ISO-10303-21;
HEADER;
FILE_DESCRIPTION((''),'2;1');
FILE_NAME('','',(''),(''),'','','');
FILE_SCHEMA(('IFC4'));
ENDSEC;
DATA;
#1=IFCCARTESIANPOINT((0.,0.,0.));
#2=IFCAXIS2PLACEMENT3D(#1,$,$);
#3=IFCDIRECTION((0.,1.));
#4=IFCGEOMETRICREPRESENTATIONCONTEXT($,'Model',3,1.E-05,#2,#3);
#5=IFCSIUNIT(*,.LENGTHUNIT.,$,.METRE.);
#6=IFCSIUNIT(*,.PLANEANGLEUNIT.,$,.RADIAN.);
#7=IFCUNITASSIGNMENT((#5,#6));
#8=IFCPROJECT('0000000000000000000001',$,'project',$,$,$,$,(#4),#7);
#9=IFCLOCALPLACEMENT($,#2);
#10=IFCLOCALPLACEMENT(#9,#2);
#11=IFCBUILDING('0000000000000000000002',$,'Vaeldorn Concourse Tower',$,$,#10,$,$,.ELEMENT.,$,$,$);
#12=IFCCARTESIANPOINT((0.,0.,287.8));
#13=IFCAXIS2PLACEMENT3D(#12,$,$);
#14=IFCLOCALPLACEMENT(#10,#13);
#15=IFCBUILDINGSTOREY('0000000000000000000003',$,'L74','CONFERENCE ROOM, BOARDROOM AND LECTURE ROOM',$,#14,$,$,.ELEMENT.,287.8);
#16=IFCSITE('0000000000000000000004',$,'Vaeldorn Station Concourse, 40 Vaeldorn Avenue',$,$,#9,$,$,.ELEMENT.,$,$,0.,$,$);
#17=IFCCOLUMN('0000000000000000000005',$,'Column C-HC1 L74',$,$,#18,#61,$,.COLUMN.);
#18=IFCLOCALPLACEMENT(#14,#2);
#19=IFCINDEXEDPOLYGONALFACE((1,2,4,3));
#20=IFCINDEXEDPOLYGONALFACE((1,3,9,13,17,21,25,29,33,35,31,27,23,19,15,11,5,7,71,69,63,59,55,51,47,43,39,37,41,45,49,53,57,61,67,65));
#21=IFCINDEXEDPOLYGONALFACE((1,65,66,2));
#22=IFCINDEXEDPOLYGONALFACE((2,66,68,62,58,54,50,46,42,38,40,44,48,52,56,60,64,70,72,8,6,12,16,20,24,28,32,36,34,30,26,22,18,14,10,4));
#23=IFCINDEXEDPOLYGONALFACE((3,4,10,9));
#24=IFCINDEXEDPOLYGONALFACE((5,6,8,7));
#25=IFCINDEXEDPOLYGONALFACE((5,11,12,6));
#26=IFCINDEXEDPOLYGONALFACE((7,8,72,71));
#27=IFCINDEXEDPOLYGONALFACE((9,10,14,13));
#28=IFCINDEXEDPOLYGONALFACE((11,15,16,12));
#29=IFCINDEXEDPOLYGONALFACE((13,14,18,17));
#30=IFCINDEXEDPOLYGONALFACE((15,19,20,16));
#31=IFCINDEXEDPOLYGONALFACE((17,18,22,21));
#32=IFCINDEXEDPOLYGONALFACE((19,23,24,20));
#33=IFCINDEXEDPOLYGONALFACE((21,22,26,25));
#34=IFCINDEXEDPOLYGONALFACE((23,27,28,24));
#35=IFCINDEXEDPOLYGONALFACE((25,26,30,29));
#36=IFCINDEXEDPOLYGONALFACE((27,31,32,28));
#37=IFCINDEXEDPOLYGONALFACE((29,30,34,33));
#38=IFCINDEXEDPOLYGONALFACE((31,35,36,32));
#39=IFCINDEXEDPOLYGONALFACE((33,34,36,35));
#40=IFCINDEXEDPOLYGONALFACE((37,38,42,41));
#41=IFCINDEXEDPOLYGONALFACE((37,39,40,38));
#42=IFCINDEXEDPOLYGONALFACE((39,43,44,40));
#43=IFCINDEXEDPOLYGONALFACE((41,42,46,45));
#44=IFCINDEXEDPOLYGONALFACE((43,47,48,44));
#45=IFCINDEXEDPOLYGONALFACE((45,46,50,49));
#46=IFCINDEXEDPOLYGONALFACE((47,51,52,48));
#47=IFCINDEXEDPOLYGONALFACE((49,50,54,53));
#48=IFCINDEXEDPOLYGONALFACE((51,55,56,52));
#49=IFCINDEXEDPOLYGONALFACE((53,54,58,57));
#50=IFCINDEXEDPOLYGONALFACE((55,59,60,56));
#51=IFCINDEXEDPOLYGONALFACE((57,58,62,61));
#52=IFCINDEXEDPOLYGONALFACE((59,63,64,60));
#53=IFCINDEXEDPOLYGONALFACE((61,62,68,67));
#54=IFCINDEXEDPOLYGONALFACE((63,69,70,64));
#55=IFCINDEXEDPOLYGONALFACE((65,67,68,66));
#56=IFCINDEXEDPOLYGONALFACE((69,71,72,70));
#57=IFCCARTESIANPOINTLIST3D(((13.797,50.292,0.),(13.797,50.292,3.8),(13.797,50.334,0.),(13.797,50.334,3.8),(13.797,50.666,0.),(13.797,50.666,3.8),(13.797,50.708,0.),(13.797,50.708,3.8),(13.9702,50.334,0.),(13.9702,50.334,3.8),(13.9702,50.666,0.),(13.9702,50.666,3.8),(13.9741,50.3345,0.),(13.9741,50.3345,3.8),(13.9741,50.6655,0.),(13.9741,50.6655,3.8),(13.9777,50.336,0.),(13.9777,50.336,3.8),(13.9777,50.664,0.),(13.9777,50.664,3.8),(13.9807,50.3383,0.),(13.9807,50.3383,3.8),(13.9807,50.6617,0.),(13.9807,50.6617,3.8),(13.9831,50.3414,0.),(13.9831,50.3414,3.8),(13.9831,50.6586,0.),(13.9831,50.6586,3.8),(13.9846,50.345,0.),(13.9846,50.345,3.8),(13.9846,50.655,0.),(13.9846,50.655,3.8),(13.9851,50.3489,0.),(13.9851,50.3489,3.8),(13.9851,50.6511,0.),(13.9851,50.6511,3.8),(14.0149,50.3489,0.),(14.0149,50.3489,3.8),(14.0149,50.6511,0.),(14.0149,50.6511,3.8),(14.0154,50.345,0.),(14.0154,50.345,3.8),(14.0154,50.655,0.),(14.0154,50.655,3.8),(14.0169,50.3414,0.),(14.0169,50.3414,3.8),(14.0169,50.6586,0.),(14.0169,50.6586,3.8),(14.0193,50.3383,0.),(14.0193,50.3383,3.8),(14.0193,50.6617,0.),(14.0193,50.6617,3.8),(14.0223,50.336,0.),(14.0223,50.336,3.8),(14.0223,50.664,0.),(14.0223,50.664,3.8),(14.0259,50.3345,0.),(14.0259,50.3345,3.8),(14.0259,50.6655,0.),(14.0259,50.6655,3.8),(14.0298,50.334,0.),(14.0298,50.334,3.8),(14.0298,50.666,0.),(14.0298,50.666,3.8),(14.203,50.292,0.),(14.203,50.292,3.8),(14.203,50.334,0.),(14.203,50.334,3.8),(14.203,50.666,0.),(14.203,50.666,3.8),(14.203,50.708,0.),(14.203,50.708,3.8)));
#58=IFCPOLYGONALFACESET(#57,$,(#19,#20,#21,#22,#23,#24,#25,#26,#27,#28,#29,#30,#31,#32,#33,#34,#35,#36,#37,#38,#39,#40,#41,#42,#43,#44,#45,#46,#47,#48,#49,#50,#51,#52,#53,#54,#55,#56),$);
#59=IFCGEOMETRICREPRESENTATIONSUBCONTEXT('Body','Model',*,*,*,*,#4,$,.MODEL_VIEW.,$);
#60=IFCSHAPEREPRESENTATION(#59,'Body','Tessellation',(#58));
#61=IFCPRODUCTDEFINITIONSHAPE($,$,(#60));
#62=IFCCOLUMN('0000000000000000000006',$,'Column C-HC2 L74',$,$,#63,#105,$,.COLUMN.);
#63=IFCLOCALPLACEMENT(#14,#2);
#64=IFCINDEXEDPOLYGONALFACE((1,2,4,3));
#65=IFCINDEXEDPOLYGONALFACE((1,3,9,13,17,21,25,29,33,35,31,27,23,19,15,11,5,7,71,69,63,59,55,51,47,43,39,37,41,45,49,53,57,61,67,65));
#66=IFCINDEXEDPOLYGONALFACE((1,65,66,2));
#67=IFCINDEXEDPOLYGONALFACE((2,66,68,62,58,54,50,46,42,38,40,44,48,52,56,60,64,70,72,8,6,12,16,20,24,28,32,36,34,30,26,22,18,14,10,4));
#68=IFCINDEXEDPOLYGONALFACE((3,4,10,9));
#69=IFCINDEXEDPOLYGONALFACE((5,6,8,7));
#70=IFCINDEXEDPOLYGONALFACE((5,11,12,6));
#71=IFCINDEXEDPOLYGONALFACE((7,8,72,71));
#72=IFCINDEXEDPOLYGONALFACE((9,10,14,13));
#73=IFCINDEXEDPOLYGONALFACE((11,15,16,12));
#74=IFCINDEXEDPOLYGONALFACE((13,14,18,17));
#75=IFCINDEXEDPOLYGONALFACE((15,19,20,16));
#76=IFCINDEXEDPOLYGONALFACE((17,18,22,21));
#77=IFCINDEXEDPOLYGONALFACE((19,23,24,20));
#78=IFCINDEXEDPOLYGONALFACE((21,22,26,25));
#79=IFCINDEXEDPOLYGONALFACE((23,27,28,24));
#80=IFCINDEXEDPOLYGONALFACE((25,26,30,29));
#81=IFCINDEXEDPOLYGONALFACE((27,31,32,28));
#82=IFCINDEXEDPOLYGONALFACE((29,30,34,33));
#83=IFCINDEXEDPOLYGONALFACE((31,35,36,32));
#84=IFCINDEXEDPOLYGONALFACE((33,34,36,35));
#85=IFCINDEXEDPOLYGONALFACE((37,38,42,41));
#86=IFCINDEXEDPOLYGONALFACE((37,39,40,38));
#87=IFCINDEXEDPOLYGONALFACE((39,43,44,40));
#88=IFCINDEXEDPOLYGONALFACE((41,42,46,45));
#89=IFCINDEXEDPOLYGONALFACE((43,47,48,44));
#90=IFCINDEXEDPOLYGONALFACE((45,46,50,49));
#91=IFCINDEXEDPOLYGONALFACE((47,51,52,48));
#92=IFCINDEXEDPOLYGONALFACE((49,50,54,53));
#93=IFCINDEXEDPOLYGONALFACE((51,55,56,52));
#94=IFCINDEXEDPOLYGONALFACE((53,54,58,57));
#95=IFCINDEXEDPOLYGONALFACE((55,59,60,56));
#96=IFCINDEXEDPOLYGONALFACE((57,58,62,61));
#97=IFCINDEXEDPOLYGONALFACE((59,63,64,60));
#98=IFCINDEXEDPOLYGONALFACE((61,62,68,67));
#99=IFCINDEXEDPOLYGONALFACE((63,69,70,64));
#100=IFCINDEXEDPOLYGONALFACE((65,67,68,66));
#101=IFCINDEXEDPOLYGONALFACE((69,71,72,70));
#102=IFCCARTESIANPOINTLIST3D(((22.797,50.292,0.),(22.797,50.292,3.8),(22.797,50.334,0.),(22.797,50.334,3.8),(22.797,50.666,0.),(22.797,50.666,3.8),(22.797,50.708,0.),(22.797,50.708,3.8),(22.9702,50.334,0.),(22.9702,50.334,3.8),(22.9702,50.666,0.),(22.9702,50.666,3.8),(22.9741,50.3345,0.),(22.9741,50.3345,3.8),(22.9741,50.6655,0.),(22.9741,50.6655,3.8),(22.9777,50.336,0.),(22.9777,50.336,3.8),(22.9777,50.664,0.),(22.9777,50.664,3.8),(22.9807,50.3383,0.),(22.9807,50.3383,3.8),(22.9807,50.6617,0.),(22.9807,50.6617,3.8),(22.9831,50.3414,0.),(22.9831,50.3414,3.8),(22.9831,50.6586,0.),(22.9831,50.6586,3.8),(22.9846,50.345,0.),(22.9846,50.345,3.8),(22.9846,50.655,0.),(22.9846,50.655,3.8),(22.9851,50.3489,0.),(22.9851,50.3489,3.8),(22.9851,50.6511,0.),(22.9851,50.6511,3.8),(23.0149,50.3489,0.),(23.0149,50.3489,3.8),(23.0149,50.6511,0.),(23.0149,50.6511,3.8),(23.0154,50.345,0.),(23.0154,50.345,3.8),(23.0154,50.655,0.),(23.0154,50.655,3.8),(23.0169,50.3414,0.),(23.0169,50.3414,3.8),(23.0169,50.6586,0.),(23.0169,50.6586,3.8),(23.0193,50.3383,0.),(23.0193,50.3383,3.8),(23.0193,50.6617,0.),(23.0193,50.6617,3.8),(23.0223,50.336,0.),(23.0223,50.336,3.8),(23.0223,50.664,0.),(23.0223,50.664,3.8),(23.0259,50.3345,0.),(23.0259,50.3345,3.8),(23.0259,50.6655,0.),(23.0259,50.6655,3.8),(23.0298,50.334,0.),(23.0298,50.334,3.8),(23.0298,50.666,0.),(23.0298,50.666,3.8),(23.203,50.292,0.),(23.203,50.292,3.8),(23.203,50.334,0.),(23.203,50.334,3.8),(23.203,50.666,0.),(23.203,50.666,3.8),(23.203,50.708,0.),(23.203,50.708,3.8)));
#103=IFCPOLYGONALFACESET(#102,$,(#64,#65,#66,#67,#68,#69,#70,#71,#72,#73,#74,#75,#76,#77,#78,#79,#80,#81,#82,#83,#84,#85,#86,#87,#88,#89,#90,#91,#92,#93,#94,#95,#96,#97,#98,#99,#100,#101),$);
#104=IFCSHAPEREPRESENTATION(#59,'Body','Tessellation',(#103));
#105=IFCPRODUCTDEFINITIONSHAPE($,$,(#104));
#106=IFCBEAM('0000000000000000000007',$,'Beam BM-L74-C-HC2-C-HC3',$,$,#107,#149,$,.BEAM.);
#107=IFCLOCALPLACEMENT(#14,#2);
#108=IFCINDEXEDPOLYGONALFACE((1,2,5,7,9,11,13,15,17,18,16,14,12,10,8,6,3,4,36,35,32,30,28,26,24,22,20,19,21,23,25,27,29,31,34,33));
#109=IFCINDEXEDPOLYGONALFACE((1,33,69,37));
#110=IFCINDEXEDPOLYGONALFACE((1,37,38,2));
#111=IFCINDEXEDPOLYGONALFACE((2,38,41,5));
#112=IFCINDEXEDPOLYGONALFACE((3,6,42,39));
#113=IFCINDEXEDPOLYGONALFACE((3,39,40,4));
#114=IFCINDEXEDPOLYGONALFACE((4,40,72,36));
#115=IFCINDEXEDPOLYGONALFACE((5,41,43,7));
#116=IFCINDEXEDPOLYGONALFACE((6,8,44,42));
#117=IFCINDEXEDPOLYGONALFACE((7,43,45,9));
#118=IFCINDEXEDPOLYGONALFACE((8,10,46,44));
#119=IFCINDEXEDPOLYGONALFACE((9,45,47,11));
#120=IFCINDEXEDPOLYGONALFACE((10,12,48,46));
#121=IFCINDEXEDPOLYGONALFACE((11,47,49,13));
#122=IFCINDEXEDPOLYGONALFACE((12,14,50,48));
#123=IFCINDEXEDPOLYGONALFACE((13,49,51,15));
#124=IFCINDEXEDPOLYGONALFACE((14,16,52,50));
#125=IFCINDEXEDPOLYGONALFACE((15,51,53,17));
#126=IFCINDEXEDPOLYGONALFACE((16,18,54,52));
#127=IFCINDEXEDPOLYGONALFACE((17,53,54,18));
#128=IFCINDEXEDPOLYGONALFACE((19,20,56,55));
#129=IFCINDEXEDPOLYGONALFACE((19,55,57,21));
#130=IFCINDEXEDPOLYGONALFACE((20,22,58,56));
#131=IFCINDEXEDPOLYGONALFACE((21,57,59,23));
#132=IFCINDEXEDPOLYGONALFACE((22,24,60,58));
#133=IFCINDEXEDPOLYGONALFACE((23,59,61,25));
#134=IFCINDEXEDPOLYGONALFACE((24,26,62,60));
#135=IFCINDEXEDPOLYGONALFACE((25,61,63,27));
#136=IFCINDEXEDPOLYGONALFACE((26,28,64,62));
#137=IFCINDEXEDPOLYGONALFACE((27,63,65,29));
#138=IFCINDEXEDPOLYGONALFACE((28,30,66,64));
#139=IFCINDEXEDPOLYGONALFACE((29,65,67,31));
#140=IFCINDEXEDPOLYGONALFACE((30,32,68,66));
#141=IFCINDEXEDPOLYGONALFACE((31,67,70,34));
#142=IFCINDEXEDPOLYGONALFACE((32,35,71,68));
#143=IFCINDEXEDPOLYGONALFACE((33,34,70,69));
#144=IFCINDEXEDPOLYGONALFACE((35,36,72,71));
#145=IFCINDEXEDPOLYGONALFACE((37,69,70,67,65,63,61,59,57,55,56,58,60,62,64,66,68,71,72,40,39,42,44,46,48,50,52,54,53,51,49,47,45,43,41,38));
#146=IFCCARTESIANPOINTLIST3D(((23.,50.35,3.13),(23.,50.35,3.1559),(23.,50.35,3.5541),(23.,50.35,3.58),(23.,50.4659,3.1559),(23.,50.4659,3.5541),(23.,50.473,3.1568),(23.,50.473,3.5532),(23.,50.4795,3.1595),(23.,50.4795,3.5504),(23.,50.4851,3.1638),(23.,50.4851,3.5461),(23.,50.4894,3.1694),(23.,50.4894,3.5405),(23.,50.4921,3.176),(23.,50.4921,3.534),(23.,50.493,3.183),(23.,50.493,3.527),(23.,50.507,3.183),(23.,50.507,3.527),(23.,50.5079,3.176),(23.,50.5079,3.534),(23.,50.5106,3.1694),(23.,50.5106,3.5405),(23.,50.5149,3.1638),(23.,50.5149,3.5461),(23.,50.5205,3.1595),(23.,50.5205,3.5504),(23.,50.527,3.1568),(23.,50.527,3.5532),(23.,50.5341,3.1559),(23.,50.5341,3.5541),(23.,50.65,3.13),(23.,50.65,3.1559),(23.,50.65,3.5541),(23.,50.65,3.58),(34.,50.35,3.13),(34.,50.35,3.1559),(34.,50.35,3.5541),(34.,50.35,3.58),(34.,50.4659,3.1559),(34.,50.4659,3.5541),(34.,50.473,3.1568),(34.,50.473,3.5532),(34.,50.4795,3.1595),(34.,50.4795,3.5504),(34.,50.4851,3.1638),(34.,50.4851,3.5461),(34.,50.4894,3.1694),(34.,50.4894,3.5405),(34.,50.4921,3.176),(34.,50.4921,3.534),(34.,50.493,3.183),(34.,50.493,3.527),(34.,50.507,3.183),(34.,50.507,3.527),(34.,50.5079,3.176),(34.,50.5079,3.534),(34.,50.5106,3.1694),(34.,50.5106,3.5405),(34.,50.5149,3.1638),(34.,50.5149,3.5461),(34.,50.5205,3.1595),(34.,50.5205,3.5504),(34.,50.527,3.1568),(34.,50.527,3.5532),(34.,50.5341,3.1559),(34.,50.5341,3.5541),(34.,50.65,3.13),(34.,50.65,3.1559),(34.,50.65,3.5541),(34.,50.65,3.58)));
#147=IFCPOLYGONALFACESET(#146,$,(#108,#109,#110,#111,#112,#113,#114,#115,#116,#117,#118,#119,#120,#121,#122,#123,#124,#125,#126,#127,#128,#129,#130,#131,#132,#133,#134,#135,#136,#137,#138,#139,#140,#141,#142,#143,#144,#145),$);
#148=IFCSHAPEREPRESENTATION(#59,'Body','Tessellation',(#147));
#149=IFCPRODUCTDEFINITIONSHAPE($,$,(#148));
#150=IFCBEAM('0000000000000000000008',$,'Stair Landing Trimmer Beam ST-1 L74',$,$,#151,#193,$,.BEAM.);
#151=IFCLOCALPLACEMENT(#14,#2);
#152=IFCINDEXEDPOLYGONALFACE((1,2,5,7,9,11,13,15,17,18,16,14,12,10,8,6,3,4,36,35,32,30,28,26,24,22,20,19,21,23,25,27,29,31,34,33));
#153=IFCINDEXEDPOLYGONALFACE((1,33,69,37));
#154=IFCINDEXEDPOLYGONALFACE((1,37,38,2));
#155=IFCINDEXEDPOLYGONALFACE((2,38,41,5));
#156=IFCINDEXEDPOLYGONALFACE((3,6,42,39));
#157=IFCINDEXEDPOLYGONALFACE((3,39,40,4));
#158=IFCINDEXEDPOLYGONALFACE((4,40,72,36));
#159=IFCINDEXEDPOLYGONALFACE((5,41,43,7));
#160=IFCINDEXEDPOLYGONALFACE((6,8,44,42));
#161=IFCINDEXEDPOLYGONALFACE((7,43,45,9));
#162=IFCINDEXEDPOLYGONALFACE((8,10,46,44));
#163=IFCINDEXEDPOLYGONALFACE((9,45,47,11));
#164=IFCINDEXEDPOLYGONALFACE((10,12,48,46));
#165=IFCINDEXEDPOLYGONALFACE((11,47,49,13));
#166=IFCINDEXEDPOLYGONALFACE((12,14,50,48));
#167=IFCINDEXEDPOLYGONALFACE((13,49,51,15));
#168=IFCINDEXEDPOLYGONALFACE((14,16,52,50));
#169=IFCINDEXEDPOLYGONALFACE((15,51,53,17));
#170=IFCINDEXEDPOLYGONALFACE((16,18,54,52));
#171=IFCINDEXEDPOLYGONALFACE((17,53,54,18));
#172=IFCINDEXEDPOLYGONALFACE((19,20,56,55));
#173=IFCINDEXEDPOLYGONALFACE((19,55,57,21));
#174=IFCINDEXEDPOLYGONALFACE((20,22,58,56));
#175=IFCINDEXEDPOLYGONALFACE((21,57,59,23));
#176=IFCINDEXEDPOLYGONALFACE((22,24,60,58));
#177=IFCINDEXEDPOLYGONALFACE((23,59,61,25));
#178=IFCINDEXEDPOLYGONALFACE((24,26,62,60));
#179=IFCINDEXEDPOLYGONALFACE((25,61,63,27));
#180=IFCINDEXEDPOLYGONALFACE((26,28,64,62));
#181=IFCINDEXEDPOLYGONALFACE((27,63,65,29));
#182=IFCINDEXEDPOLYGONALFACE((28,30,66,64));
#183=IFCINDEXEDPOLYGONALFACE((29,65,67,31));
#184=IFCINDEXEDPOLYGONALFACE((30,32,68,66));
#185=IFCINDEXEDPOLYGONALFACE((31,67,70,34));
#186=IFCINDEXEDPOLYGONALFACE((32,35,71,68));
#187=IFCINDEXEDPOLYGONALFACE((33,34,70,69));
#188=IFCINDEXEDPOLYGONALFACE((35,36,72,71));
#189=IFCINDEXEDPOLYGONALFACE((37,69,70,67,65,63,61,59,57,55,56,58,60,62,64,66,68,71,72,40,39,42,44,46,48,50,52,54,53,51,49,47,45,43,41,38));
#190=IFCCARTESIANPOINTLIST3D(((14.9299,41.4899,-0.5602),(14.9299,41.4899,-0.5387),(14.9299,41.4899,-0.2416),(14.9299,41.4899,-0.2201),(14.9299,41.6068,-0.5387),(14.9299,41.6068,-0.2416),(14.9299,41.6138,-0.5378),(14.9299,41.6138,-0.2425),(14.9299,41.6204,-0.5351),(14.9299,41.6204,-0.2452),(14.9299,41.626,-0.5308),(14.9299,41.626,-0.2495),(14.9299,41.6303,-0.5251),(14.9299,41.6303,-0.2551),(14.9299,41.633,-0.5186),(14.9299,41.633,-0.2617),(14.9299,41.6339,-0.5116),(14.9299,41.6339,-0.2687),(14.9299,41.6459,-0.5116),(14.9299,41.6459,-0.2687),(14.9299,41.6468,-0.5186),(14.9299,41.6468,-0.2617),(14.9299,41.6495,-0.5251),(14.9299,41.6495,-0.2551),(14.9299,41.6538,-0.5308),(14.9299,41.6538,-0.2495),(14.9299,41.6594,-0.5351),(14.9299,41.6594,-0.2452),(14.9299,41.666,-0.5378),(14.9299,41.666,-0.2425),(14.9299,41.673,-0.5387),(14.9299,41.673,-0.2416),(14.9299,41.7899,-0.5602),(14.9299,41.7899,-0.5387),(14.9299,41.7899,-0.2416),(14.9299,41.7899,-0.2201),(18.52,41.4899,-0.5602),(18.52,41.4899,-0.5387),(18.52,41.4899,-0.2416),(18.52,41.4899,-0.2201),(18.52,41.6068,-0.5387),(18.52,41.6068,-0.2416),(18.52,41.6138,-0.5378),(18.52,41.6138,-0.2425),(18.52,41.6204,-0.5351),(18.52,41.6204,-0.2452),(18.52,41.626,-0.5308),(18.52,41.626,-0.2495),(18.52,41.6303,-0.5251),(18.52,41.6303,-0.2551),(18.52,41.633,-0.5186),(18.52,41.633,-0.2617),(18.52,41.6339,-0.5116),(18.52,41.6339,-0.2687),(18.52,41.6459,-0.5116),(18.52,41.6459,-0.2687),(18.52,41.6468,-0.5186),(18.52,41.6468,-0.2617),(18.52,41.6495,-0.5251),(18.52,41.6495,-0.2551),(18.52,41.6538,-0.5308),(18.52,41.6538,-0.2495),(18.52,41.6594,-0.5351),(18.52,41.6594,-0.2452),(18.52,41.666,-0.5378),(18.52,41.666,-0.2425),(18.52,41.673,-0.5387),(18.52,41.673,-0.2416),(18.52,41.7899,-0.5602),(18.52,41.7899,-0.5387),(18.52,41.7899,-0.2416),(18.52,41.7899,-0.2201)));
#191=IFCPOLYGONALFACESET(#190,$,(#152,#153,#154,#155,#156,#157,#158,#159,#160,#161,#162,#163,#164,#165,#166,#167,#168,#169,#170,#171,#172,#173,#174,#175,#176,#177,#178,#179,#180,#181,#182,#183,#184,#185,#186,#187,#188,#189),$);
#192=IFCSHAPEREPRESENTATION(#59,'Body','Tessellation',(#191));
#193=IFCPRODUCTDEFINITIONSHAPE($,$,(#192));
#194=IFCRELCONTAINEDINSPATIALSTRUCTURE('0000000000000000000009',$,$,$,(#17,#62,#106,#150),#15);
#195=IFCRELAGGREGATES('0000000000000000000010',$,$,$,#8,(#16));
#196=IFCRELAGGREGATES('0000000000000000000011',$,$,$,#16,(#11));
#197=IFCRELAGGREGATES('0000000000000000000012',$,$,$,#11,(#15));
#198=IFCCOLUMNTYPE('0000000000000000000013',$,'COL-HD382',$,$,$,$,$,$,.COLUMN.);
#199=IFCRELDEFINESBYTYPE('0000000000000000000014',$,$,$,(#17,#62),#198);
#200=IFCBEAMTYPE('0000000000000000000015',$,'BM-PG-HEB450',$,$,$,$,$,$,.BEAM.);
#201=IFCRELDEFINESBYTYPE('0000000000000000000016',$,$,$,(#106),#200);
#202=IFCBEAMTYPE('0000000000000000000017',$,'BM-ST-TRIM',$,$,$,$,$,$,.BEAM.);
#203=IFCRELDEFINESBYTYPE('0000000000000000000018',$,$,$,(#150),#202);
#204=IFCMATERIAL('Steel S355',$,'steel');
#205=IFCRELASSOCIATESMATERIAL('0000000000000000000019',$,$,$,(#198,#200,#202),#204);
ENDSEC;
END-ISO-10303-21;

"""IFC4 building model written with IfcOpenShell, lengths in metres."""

from ifc_helpers import new_model, si_unit, direction, frame, origin, origin_2d, place, context, subcontext, project, spatial, i_section, extrude, source, transform, mapped, material, material_profile, profile_set, type_object, element, save


model = new_model("IFC4")

# Units and contexts
model_context = context("Model", 3, precision=1e-05, world=origin(), true_north=direction((0.0, 1.0)))
body_context = subcontext(model_context, "Body", "Model", "MODEL_VIEW")
ifc_project = project(units=[si_unit("LENGTHUNIT", "METRE"), si_unit("PLANEANGLEUNIT", "RADIAN")], contexts=[model_context])

# Site, building, storey
site_placement = place(None, origin())
site = spatial("IfcSite", under=ifc_project, at=site_placement, Name="Vaeldorn Station Concourse, 40 Vaeldorn Avenue", CompositionType="ELEMENT", RefElevation=0.0)
building_placement = place(site_placement, origin())
building = spatial("IfcBuilding", under=site, at=building_placement, Name="Vaeldorn Concourse Tower", CompositionType="ELEMENT")
storey_placement = place(building_placement, frame((0.0, 0.0, 287.8)))
storey = spatial("IfcBuildingStorey", under=building, at=storey_placement, Name="L74", Description="CONFERENCE ROOM, BOARDROOM AND LECTURE ROOM", CompositionType="ELEMENT", Elevation=287.8)

# Columns
ifc_material_1 = material(Name="Steel S355", Category="steel")
ifc_material_profile_1 = material_profile(ifc_material_1, i_section(OverallWidth=0.406, OverallDepth=0.416, WebThickness=0.0298, FlangeThickness=0.042, FilletRadius=0.0149, at=origin_2d()), Name="HD 400x382")
ifc_profile_set_1 = profile_set([ifc_material_profile_1], Name="Steel S355")
column_type = type_object("IfcColumnType", Name="COL-HD382", PredefinedType="COLUMN", material=ifc_profile_set_1)
shared_shape_1 = source(origin(), body_context, "Body", "SweptSolid", [
    extrude(i_section(OverallWidth=0.406, OverallDepth=0.416, WebThickness=0.0298, FlangeThickness=0.042, FilletRadius=0.0149, at=origin_2d()), origin(), (0.0, 0.0, 1.0), 3.8),
])
for number, where, z_axis, x_axis, name in (
    (1, (14.0, 50.5, 0.0), (0.0, 0.0, 1.0), (1.0, 0.0, 0.0), "Column C-HC1 L74"),
    (2, (23.0, 50.5, 0.0), (0.0, 0.0, 1.0), (1.0, 0.0, 0.0), "Column C-HC2 L74"),
):
    element("IfcColumn", number, at=place(storey_placement, frame(where, z_axis=z_axis, x_axis=x_axis)), inside=storey, type_object=column_type, Name=name, PredefinedType="COLUMN", context=body_context, shape_type="MappedRepresentation", body=[
        mapped(shared_shape_1, transform((0.0, 0.0, 0.0), scale=1.0)),
    ])

# Beams
ifc_material_profile_2 = material_profile(ifc_material_1, i_section(OverallWidth=0.3, OverallDepth=0.45, WebThickness=0.0139, FlangeThickness=0.0259, FilletRadius=0.0271, at=origin_2d()), Name="HEB 450")
ifc_profile_set_2 = profile_set([ifc_material_profile_2], Name="Steel S355")
beam_type_1 = type_object("IfcBeamType", Name="BM-PG-HEB450", PredefinedType="BEAM", material=ifc_profile_set_2)
shared_shape_2 = source(origin(), body_context, "Body", "SweptSolid", [
    extrude(i_section(OverallWidth=0.3, OverallDepth=0.45, WebThickness=0.0139, FlangeThickness=0.0259, FilletRadius=0.0271, at=origin_2d()), origin(), (0.0, 0.0, 1.0), 11.0),
])
beam_1_placement = place(storey_placement, frame((23.0, 50.5, 3.355), z_axis=(1.0, 0.0, 0.0), x_axis=(0.0, 1.0, 0.0)))
element("IfcBeam", 3, at=beam_1_placement, inside=storey, type_object=beam_type_1, Name="Beam BM-L74-C-HC2-C-HC3", PredefinedType="BEAM", context=body_context, shape_type="MappedRepresentation", body=[
    mapped(shared_shape_2, transform((0.0, 0.0, 0.0), scale=1.0)),
])
ifc_material_profile_3 = material_profile(ifc_material_1, i_section(OverallWidth=0.3, OverallDepth=0.3401, WebThickness=0.012, FlangeThickness=0.0215, FilletRadius=0.0271, at=origin_2d()), Name="HEB 340")
ifc_profile_set_3 = profile_set([ifc_material_profile_3], Name="Steel S355")
beam_type_2 = type_object("IfcBeamType", Name="BM-ST-TRIM", PredefinedType="BEAM", material=ifc_profile_set_3)
shared_shape_3 = source(origin(), body_context, "Body", "SweptSolid", [
    extrude(i_section(OverallWidth=0.3, OverallDepth=0.3401, WebThickness=0.012, FlangeThickness=0.0215, FilletRadius=0.0271, at=origin_2d()), origin(), (0.0, 0.0, 1.0), 3.5901),
])
beam_2_placement = place(storey_placement, frame((14.9299, 41.6399, -0.3901), z_axis=(1.0, 0.0, 0.0), x_axis=(0.0, 1.0, 0.0)))
element("IfcBeam", 4, at=beam_2_placement, inside=storey, type_object=beam_type_2, Name="Stair Landing Trimmer Beam ST-1 L74", PredefinedType="BEAM", context=body_context, shape_type="MappedRepresentation", body=[
    mapped(shared_shape_3, transform((0.0, 0.0, 0.0), scale=1.0)),
])

save(model, "model.ifc")
